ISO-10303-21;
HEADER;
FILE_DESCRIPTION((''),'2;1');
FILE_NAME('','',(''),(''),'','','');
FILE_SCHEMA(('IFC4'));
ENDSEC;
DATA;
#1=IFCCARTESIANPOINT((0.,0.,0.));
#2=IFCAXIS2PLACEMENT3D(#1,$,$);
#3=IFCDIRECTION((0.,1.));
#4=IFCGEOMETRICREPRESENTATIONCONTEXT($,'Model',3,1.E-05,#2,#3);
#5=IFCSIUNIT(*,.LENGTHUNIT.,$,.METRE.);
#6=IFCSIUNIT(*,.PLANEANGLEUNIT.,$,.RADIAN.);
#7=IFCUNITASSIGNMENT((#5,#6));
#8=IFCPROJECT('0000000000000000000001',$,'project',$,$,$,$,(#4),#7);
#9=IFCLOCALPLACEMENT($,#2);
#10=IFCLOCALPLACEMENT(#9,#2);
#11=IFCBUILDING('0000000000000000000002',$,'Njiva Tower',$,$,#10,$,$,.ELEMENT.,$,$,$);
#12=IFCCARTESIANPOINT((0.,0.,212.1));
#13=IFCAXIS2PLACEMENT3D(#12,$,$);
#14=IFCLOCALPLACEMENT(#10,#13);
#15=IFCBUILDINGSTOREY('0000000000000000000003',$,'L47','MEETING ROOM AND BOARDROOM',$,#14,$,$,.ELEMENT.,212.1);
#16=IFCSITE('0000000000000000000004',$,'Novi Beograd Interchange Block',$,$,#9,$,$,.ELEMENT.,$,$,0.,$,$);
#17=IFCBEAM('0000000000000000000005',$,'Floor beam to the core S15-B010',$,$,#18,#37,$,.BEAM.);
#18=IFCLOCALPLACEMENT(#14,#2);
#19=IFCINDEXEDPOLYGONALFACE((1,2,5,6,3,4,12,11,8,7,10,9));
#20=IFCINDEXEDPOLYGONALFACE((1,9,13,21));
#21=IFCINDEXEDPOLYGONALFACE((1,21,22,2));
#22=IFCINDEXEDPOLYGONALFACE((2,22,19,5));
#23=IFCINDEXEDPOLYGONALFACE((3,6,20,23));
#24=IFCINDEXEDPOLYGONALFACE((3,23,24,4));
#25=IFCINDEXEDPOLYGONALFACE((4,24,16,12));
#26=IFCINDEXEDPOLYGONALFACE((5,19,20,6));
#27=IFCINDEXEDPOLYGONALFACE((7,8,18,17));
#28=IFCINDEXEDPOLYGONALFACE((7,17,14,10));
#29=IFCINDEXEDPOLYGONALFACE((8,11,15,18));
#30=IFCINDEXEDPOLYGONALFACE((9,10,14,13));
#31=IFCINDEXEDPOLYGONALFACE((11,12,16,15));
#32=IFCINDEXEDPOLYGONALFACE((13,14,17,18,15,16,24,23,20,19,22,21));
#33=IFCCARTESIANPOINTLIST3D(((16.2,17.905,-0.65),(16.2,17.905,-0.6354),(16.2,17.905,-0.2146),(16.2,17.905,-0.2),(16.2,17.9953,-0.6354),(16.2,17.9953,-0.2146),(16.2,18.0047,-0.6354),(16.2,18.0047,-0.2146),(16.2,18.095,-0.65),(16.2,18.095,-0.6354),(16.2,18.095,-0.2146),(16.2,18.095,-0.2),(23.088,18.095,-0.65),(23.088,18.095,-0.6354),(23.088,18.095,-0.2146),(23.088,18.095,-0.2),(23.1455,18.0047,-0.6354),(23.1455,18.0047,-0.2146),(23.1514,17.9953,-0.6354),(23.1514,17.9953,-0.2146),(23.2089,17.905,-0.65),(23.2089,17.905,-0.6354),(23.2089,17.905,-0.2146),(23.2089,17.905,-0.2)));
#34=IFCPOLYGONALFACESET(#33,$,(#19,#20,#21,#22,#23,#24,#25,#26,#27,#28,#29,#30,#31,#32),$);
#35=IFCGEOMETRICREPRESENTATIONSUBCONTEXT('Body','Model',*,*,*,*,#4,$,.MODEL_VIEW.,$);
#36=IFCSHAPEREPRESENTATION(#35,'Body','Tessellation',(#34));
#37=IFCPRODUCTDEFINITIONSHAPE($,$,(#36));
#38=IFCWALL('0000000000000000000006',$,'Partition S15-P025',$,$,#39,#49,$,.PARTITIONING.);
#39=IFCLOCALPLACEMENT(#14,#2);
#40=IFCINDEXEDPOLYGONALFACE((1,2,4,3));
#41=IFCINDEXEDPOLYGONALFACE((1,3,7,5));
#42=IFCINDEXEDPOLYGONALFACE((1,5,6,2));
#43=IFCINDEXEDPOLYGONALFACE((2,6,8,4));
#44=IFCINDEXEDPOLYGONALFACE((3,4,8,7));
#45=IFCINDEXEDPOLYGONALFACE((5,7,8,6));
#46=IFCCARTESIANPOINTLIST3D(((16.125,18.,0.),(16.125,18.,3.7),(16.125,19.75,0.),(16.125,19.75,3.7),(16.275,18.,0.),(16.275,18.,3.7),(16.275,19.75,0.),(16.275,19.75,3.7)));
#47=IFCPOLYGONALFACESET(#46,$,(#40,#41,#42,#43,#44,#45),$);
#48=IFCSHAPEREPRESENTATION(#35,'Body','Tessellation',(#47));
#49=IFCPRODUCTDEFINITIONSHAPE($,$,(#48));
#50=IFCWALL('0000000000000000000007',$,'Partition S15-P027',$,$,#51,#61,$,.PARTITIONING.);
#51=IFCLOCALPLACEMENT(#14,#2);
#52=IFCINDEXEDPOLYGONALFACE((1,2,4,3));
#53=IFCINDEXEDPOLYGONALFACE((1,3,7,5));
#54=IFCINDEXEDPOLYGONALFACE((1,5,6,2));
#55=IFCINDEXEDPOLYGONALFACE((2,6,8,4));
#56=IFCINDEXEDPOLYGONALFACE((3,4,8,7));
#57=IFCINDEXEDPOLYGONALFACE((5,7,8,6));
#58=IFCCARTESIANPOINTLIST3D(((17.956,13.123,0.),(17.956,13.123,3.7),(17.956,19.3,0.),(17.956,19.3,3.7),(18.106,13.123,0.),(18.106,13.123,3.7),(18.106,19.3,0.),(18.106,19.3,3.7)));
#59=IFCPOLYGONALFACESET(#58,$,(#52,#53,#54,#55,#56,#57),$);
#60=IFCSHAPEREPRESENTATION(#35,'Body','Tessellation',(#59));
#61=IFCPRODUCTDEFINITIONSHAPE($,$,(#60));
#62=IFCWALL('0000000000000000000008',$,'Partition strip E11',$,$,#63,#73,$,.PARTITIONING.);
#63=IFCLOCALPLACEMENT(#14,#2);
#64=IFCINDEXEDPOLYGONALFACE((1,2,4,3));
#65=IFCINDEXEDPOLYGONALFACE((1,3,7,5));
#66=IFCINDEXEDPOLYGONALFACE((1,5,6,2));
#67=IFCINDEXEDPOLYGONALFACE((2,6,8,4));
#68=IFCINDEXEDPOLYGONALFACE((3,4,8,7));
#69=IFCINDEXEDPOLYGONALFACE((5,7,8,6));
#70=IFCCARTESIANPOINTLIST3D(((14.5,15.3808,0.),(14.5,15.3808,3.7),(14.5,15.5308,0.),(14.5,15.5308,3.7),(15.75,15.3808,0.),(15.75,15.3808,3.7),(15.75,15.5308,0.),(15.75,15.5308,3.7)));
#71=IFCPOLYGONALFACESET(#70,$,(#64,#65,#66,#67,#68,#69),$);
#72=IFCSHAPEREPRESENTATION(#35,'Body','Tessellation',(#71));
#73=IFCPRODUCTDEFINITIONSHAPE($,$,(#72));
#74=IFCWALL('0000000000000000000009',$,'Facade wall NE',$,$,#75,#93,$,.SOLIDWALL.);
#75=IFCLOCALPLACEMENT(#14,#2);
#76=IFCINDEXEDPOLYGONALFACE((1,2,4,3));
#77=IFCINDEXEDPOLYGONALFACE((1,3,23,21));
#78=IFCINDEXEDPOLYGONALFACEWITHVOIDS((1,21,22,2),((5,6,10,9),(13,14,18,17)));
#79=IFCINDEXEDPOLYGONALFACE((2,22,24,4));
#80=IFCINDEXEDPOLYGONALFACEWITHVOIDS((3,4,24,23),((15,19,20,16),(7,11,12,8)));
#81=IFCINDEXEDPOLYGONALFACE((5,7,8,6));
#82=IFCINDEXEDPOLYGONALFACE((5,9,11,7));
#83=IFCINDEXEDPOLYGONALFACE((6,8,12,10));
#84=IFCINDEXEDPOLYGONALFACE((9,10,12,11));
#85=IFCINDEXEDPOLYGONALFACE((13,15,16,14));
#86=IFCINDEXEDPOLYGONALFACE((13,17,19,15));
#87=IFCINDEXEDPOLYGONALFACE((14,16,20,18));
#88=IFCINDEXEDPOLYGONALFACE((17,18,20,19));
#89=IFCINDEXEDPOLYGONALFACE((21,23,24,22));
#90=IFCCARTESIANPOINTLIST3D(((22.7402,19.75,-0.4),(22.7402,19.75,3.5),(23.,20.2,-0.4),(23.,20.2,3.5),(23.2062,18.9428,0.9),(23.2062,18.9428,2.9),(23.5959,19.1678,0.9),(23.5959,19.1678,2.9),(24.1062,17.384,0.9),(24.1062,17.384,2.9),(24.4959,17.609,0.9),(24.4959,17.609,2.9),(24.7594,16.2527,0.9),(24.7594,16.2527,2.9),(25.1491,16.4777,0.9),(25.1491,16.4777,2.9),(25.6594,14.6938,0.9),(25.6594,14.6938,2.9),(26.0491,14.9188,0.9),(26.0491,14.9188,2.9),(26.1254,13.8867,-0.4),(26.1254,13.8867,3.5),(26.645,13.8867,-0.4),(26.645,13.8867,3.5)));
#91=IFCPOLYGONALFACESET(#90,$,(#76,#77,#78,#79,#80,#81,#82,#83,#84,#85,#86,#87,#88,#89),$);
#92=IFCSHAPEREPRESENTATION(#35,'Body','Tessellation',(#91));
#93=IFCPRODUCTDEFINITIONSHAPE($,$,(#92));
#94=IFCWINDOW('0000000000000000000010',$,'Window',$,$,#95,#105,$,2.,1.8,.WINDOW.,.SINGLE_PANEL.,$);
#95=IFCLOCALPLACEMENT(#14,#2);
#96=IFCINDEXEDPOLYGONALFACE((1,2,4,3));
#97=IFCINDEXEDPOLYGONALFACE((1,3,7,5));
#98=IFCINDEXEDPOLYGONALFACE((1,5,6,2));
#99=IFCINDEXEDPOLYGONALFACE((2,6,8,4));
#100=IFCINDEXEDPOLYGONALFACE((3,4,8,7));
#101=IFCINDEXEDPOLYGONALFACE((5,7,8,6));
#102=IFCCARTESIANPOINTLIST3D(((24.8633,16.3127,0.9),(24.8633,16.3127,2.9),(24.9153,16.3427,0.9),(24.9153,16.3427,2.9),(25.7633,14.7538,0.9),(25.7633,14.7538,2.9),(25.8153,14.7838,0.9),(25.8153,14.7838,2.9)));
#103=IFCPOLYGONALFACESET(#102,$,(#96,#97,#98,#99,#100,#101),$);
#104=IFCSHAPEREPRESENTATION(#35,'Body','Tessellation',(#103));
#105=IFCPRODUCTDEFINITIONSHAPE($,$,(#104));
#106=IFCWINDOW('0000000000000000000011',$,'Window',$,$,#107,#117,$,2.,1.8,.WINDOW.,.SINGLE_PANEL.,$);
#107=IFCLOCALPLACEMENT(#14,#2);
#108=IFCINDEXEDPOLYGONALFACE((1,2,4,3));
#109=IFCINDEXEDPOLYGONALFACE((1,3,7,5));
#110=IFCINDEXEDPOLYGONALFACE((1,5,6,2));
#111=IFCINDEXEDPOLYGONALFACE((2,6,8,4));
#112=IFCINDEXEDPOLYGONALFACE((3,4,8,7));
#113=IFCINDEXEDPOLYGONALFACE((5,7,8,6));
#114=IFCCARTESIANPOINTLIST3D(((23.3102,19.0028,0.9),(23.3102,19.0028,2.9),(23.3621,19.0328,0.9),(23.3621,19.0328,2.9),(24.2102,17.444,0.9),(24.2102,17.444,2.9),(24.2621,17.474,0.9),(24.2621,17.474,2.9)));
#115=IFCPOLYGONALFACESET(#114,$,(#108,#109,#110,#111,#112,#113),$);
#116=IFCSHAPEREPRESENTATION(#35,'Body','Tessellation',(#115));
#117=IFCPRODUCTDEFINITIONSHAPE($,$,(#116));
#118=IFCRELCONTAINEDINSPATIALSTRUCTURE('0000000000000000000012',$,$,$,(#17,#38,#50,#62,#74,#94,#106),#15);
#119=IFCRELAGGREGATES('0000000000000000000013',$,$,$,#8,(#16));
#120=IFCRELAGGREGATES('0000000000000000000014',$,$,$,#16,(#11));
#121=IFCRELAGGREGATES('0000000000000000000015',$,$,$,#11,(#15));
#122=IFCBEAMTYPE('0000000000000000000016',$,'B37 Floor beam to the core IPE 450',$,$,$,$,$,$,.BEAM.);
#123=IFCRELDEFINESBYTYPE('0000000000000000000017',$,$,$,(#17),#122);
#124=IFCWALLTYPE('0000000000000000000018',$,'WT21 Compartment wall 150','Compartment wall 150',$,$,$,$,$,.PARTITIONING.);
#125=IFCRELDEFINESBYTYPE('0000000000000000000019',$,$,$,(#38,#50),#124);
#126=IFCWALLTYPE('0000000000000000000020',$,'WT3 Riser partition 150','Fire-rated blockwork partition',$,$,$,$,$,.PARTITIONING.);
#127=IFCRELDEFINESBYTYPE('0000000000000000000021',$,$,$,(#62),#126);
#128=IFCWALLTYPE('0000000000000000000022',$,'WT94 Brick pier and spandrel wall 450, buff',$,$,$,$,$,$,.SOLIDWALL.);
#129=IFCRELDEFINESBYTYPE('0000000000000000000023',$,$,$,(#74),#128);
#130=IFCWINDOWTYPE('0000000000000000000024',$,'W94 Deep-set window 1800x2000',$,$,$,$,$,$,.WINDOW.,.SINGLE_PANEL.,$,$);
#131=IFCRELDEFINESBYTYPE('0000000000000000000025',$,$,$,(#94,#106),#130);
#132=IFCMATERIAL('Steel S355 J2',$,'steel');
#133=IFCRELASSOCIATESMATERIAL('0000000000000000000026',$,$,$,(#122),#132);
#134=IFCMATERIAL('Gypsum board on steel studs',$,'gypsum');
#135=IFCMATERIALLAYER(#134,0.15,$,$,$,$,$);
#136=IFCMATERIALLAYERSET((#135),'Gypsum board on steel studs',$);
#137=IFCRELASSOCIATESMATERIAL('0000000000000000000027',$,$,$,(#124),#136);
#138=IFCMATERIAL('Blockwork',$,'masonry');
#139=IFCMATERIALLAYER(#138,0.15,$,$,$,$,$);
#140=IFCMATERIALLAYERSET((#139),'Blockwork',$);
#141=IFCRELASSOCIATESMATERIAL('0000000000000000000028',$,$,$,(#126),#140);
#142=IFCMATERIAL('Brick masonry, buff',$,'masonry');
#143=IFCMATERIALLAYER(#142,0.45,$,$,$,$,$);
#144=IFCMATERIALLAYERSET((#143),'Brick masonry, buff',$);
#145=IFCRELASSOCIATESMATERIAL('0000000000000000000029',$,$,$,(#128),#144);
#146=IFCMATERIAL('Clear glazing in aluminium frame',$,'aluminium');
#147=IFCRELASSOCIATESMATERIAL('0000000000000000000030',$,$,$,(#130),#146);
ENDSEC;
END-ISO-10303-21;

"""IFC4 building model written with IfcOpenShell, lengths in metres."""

from ifc_helpers import new_model, si_unit, direction, frame, frame_2d, origin, origin_2d, place, context, subcontext, project, spatial, polyline, rectangle, i_section, outline, extrude, clip, halfspace, material, layer, layer_set, material_profile, profile_set, type_object, element, fill, save


model = new_model("IFC4")

# Units and contexts
model_context = context("Model", 3, precision=1e-05, world=origin(), true_north=direction((0.0, 1.0)))
body_context = subcontext(model_context, "Body", "Model", "MODEL_VIEW")
ifc_project = project(units=[si_unit("LENGTHUNIT", "METRE"), si_unit("PLANEANGLEUNIT", "RADIAN")], contexts=[model_context])

# Site, building, storey
site_placement = place(None, origin())
site = spatial("IfcSite", under=ifc_project, at=site_placement, Name="Novi Beograd Interchange Block", CompositionType="ELEMENT", RefElevation=0.0)
building_placement = place(site_placement, origin())
building = spatial("IfcBuilding", under=site, at=building_placement, Name="Njiva Tower", CompositionType="ELEMENT")
storey_placement = place(building_placement, frame((0.0, 0.0, 212.1)))
storey = spatial("IfcBuildingStorey", under=building, at=storey_placement, Name="L47", Description="MEETING ROOM AND BOARDROOM", CompositionType="ELEMENT", Elevation=212.1)

# Shared definitions
ifc_material_1 = material(Name="Steel S355 J2", Category="steel")

# Beam
ifc_material_profile_1 = material_profile(ifc_material_1, i_section(OverallWidth=0.19, OverallDepth=0.45, WebThickness=0.0094, FlangeThickness=0.0146, at=origin_2d()), Name="IPE 450")
ifc_profile_set_1 = profile_set([ifc_material_profile_1], Name="Steel S355 J2")
beam_type_1 = type_object("IfcBeamType", Name="B37 Floor beam to the core IPE 450", PredefinedType="BEAM", material=ifc_profile_set_1)
beam_1_placement = place(storey_placement, frame((16.2, 18.0, -0.425), z_axis=(1.0, 0.0, 0.0), x_axis=(0.0, 1.0, 0.0)))
element("IfcBeam", 1, at=beam_1_placement, inside=storey, type_object=beam_type_1, Name="Floor beam to the core S15-B010", PredefinedType="BEAM", context=body_context, shape_type="Clipping", body=[
    clip(extrude(i_section(OverallWidth=0.19, OverallDepth=0.45, WebThickness=0.0094, FlangeThickness=0.0146, at=origin_2d()), origin(), (0.0, 0.0, 1.0), 7.028), halfspace(frame((0.0268, 0.0, 6.9314), z_axis=(0.536617, 0.0, 0.843826), x_axis=(0.0, 1.0, 0.0)), False)),
])

# Walls
ifc_material_2 = material(Name="Gypsum board on steel studs", Category="gypsum")
ifc_layer_1 = layer(ifc_material_2, 0.15)
ifc_layer_set_1 = layer_set([ifc_layer_1], Name="Gypsum board on steel studs")
wall_type_1 = type_object("IfcWallType", Name="WT21 Compartment wall 150", Description="Compartment wall 150", PredefinedType="PARTITIONING", material=ifc_layer_set_1)
wall_1_placement = place(storey_placement, frame((16.2, 18.0, 0.0), z_axis=(0.0, 0.0, 1.0), x_axis=(0.0, 1.0, 0.0)))
element("IfcWall", 2, at=wall_1_placement, inside=storey, type_object=wall_type_1, Name="Partition S15-P025", PredefinedType="PARTITIONING", context=body_context, shape_type="SweptSolid", body=[
    extrude(rectangle(XDim=1.75, YDim=0.15, at=frame_2d((0.875, 0.0))), origin(), (0.0, 0.0, 1.0), 3.7),
])
wall_2_placement = place(storey_placement, frame((18.031, 13.123, 0.0), z_axis=(0.0, 0.0, 1.0), x_axis=(0.0, 1.0, 0.0)))
element("IfcWall", 3, at=wall_2_placement, inside=storey, type_object=wall_type_1, Name="Partition S15-P027", PredefinedType="PARTITIONING", context=body_context, shape_type="SweptSolid", body=[
    extrude(rectangle(XDim=6.177, YDim=0.15, at=frame_2d((3.0885, 0.0))), origin(), (0.0, 0.0, 1.0), 3.7),
])
ifc_material_3 = material(Name="Blockwork", Category="masonry")
ifc_layer_2 = layer(ifc_material_3, 0.15)
ifc_layer_set_2 = layer_set([ifc_layer_2], Name="Blockwork")
wall_type_2 = type_object("IfcWallType", Name="WT3 Riser partition 150", Description="Fire-rated blockwork partition", PredefinedType="PARTITIONING", material=ifc_layer_set_2)
wall_3_placement = place(storey_placement, frame((14.5, 15.4558, 0.0), z_axis=(0.0, 0.0, 1.0), x_axis=(1.0, 0.0, 0.0)))
element("IfcWall", 4, at=wall_3_placement, inside=storey, type_object=wall_type_2, Name="Partition strip E11", PredefinedType="PARTITIONING", context=body_context, shape_type="SweptSolid", body=[
    extrude(rectangle(XDim=1.25, YDim=0.15, at=frame_2d((0.625, 0.0))), origin(), (0.0, 0.0, 1.0), 3.7),
])

# Wall, openings, windows
ifc_material_4 = material(Name="Clear glazing in aluminium frame", Category="aluminium")
ifc_material_5 = material(Name="Brick masonry, buff", Category="masonry")
ifc_layer_3 = layer(ifc_material_5, 0.45)
ifc_layer_set_3 = layer_set([ifc_layer_3], Name="Brick masonry, buff")
wall_type_3 = type_object("IfcWallType", Name="WT94 Brick pier and spandrel wall 450, buff", PredefinedType="SOLIDWALL", material=ifc_layer_set_3)
wall_4_placement = place(storey_placement, frame((26.3852, 13.8867, -0.4), z_axis=(0.0, 0.0, 1.0), x_axis=(-0.500002, 0.866024, 0.0)))
wall_4 = element("IfcWall", 5, at=wall_4_placement, inside=storey, type_object=wall_type_3, Name="Facade wall NE", PredefinedType="SOLIDWALL", context=body_context, shape_type="SweptSolid", body=[
    extrude(outline(polyline([(-0.1299, -0.225), (7.1601, -0.225), (6.9003, 0.225), (0.1299, 0.225), (-0.1299, -0.225)])), origin(), (0.0, 0.0, 1.0), 3.9),
])
opening_1_placement = place(wall_4_placement, frame((1.0619, 0.0, 1.3)))
opening_1 = element("IfcOpeningElement", 6, at=opening_1_placement, cuts=wall_4, PredefinedType="OPENING", context=body_context, shape_type="SweptSolid", body=[
    extrude(rectangle(XDim=1.8, YDim=2.0, at=frame_2d((0.9, 1.0))), frame((0.0, 0.235, 0.0), z_axis=(0.0, -1.0, 0.0), x_axis=(1.0, 0.0, 0.0)), (0.0, 0.0, 1.0), 0.47),
])
opening_2_placement = place(wall_4_placement, frame((4.1682, 0.0, 1.3)))
opening_2 = element("IfcOpeningElement", 7, at=opening_2_placement, cuts=wall_4, PredefinedType="OPENING", context=body_context, shape_type="SweptSolid", body=[
    extrude(rectangle(XDim=1.8, YDim=2.0, at=frame_2d((0.9, 1.0))), frame((0.0, 0.235, 0.0), z_axis=(0.0, -1.0, 0.0), x_axis=(1.0, 0.0, 0.0)), (0.0, 0.0, 1.0), 0.47),
])
window_type_1 = type_object("IfcWindowType", Name="W94 Deep-set window 1800x2000", PartitioningType="SINGLE_PANEL", PredefinedType="WINDOW", material=ifc_material_4)
window_1_placement = place(opening_1_placement, origin())
window_1 = element("IfcWindow", 8, at=window_1_placement, inside=storey, type_object=window_type_1, Name="Window", OverallHeight=2.0, OverallWidth=1.8, PartitioningType="SINGLE_PANEL", PredefinedType="WINDOW", context=body_context, shape_type="SweptSolid", body=[
    extrude(rectangle(XDim=1.8, YDim=2.0, at=frame_2d((0.9, 1.0))), frame((0.0, 0.105, 0.0), z_axis=(0.0, -1.0, 0.0), x_axis=(1.0, 0.0, 0.0)), (0.0, 0.0, 1.0), 0.06),
])
fill(opening_1, window_1)
window_2_placement = place(opening_2_placement, origin())
window_2 = element("IfcWindow", 9, at=window_2_placement, inside=storey, type_object=window_type_1, Name="Window", OverallHeight=2.0, OverallWidth=1.8, PartitioningType="SINGLE_PANEL", PredefinedType="WINDOW", context=body_context, shape_type="SweptSolid", body=[
    extrude(rectangle(XDim=1.8, YDim=2.0, at=frame_2d((0.9, 1.0))), frame((0.0, 0.105, 0.0), z_axis=(0.0, -1.0, 0.0), x_axis=(1.0, 0.0, 0.0)), (0.0, 0.0, 1.0), 0.06),
])
fill(opening_2, window_2)

save(model, "model.ifc")
